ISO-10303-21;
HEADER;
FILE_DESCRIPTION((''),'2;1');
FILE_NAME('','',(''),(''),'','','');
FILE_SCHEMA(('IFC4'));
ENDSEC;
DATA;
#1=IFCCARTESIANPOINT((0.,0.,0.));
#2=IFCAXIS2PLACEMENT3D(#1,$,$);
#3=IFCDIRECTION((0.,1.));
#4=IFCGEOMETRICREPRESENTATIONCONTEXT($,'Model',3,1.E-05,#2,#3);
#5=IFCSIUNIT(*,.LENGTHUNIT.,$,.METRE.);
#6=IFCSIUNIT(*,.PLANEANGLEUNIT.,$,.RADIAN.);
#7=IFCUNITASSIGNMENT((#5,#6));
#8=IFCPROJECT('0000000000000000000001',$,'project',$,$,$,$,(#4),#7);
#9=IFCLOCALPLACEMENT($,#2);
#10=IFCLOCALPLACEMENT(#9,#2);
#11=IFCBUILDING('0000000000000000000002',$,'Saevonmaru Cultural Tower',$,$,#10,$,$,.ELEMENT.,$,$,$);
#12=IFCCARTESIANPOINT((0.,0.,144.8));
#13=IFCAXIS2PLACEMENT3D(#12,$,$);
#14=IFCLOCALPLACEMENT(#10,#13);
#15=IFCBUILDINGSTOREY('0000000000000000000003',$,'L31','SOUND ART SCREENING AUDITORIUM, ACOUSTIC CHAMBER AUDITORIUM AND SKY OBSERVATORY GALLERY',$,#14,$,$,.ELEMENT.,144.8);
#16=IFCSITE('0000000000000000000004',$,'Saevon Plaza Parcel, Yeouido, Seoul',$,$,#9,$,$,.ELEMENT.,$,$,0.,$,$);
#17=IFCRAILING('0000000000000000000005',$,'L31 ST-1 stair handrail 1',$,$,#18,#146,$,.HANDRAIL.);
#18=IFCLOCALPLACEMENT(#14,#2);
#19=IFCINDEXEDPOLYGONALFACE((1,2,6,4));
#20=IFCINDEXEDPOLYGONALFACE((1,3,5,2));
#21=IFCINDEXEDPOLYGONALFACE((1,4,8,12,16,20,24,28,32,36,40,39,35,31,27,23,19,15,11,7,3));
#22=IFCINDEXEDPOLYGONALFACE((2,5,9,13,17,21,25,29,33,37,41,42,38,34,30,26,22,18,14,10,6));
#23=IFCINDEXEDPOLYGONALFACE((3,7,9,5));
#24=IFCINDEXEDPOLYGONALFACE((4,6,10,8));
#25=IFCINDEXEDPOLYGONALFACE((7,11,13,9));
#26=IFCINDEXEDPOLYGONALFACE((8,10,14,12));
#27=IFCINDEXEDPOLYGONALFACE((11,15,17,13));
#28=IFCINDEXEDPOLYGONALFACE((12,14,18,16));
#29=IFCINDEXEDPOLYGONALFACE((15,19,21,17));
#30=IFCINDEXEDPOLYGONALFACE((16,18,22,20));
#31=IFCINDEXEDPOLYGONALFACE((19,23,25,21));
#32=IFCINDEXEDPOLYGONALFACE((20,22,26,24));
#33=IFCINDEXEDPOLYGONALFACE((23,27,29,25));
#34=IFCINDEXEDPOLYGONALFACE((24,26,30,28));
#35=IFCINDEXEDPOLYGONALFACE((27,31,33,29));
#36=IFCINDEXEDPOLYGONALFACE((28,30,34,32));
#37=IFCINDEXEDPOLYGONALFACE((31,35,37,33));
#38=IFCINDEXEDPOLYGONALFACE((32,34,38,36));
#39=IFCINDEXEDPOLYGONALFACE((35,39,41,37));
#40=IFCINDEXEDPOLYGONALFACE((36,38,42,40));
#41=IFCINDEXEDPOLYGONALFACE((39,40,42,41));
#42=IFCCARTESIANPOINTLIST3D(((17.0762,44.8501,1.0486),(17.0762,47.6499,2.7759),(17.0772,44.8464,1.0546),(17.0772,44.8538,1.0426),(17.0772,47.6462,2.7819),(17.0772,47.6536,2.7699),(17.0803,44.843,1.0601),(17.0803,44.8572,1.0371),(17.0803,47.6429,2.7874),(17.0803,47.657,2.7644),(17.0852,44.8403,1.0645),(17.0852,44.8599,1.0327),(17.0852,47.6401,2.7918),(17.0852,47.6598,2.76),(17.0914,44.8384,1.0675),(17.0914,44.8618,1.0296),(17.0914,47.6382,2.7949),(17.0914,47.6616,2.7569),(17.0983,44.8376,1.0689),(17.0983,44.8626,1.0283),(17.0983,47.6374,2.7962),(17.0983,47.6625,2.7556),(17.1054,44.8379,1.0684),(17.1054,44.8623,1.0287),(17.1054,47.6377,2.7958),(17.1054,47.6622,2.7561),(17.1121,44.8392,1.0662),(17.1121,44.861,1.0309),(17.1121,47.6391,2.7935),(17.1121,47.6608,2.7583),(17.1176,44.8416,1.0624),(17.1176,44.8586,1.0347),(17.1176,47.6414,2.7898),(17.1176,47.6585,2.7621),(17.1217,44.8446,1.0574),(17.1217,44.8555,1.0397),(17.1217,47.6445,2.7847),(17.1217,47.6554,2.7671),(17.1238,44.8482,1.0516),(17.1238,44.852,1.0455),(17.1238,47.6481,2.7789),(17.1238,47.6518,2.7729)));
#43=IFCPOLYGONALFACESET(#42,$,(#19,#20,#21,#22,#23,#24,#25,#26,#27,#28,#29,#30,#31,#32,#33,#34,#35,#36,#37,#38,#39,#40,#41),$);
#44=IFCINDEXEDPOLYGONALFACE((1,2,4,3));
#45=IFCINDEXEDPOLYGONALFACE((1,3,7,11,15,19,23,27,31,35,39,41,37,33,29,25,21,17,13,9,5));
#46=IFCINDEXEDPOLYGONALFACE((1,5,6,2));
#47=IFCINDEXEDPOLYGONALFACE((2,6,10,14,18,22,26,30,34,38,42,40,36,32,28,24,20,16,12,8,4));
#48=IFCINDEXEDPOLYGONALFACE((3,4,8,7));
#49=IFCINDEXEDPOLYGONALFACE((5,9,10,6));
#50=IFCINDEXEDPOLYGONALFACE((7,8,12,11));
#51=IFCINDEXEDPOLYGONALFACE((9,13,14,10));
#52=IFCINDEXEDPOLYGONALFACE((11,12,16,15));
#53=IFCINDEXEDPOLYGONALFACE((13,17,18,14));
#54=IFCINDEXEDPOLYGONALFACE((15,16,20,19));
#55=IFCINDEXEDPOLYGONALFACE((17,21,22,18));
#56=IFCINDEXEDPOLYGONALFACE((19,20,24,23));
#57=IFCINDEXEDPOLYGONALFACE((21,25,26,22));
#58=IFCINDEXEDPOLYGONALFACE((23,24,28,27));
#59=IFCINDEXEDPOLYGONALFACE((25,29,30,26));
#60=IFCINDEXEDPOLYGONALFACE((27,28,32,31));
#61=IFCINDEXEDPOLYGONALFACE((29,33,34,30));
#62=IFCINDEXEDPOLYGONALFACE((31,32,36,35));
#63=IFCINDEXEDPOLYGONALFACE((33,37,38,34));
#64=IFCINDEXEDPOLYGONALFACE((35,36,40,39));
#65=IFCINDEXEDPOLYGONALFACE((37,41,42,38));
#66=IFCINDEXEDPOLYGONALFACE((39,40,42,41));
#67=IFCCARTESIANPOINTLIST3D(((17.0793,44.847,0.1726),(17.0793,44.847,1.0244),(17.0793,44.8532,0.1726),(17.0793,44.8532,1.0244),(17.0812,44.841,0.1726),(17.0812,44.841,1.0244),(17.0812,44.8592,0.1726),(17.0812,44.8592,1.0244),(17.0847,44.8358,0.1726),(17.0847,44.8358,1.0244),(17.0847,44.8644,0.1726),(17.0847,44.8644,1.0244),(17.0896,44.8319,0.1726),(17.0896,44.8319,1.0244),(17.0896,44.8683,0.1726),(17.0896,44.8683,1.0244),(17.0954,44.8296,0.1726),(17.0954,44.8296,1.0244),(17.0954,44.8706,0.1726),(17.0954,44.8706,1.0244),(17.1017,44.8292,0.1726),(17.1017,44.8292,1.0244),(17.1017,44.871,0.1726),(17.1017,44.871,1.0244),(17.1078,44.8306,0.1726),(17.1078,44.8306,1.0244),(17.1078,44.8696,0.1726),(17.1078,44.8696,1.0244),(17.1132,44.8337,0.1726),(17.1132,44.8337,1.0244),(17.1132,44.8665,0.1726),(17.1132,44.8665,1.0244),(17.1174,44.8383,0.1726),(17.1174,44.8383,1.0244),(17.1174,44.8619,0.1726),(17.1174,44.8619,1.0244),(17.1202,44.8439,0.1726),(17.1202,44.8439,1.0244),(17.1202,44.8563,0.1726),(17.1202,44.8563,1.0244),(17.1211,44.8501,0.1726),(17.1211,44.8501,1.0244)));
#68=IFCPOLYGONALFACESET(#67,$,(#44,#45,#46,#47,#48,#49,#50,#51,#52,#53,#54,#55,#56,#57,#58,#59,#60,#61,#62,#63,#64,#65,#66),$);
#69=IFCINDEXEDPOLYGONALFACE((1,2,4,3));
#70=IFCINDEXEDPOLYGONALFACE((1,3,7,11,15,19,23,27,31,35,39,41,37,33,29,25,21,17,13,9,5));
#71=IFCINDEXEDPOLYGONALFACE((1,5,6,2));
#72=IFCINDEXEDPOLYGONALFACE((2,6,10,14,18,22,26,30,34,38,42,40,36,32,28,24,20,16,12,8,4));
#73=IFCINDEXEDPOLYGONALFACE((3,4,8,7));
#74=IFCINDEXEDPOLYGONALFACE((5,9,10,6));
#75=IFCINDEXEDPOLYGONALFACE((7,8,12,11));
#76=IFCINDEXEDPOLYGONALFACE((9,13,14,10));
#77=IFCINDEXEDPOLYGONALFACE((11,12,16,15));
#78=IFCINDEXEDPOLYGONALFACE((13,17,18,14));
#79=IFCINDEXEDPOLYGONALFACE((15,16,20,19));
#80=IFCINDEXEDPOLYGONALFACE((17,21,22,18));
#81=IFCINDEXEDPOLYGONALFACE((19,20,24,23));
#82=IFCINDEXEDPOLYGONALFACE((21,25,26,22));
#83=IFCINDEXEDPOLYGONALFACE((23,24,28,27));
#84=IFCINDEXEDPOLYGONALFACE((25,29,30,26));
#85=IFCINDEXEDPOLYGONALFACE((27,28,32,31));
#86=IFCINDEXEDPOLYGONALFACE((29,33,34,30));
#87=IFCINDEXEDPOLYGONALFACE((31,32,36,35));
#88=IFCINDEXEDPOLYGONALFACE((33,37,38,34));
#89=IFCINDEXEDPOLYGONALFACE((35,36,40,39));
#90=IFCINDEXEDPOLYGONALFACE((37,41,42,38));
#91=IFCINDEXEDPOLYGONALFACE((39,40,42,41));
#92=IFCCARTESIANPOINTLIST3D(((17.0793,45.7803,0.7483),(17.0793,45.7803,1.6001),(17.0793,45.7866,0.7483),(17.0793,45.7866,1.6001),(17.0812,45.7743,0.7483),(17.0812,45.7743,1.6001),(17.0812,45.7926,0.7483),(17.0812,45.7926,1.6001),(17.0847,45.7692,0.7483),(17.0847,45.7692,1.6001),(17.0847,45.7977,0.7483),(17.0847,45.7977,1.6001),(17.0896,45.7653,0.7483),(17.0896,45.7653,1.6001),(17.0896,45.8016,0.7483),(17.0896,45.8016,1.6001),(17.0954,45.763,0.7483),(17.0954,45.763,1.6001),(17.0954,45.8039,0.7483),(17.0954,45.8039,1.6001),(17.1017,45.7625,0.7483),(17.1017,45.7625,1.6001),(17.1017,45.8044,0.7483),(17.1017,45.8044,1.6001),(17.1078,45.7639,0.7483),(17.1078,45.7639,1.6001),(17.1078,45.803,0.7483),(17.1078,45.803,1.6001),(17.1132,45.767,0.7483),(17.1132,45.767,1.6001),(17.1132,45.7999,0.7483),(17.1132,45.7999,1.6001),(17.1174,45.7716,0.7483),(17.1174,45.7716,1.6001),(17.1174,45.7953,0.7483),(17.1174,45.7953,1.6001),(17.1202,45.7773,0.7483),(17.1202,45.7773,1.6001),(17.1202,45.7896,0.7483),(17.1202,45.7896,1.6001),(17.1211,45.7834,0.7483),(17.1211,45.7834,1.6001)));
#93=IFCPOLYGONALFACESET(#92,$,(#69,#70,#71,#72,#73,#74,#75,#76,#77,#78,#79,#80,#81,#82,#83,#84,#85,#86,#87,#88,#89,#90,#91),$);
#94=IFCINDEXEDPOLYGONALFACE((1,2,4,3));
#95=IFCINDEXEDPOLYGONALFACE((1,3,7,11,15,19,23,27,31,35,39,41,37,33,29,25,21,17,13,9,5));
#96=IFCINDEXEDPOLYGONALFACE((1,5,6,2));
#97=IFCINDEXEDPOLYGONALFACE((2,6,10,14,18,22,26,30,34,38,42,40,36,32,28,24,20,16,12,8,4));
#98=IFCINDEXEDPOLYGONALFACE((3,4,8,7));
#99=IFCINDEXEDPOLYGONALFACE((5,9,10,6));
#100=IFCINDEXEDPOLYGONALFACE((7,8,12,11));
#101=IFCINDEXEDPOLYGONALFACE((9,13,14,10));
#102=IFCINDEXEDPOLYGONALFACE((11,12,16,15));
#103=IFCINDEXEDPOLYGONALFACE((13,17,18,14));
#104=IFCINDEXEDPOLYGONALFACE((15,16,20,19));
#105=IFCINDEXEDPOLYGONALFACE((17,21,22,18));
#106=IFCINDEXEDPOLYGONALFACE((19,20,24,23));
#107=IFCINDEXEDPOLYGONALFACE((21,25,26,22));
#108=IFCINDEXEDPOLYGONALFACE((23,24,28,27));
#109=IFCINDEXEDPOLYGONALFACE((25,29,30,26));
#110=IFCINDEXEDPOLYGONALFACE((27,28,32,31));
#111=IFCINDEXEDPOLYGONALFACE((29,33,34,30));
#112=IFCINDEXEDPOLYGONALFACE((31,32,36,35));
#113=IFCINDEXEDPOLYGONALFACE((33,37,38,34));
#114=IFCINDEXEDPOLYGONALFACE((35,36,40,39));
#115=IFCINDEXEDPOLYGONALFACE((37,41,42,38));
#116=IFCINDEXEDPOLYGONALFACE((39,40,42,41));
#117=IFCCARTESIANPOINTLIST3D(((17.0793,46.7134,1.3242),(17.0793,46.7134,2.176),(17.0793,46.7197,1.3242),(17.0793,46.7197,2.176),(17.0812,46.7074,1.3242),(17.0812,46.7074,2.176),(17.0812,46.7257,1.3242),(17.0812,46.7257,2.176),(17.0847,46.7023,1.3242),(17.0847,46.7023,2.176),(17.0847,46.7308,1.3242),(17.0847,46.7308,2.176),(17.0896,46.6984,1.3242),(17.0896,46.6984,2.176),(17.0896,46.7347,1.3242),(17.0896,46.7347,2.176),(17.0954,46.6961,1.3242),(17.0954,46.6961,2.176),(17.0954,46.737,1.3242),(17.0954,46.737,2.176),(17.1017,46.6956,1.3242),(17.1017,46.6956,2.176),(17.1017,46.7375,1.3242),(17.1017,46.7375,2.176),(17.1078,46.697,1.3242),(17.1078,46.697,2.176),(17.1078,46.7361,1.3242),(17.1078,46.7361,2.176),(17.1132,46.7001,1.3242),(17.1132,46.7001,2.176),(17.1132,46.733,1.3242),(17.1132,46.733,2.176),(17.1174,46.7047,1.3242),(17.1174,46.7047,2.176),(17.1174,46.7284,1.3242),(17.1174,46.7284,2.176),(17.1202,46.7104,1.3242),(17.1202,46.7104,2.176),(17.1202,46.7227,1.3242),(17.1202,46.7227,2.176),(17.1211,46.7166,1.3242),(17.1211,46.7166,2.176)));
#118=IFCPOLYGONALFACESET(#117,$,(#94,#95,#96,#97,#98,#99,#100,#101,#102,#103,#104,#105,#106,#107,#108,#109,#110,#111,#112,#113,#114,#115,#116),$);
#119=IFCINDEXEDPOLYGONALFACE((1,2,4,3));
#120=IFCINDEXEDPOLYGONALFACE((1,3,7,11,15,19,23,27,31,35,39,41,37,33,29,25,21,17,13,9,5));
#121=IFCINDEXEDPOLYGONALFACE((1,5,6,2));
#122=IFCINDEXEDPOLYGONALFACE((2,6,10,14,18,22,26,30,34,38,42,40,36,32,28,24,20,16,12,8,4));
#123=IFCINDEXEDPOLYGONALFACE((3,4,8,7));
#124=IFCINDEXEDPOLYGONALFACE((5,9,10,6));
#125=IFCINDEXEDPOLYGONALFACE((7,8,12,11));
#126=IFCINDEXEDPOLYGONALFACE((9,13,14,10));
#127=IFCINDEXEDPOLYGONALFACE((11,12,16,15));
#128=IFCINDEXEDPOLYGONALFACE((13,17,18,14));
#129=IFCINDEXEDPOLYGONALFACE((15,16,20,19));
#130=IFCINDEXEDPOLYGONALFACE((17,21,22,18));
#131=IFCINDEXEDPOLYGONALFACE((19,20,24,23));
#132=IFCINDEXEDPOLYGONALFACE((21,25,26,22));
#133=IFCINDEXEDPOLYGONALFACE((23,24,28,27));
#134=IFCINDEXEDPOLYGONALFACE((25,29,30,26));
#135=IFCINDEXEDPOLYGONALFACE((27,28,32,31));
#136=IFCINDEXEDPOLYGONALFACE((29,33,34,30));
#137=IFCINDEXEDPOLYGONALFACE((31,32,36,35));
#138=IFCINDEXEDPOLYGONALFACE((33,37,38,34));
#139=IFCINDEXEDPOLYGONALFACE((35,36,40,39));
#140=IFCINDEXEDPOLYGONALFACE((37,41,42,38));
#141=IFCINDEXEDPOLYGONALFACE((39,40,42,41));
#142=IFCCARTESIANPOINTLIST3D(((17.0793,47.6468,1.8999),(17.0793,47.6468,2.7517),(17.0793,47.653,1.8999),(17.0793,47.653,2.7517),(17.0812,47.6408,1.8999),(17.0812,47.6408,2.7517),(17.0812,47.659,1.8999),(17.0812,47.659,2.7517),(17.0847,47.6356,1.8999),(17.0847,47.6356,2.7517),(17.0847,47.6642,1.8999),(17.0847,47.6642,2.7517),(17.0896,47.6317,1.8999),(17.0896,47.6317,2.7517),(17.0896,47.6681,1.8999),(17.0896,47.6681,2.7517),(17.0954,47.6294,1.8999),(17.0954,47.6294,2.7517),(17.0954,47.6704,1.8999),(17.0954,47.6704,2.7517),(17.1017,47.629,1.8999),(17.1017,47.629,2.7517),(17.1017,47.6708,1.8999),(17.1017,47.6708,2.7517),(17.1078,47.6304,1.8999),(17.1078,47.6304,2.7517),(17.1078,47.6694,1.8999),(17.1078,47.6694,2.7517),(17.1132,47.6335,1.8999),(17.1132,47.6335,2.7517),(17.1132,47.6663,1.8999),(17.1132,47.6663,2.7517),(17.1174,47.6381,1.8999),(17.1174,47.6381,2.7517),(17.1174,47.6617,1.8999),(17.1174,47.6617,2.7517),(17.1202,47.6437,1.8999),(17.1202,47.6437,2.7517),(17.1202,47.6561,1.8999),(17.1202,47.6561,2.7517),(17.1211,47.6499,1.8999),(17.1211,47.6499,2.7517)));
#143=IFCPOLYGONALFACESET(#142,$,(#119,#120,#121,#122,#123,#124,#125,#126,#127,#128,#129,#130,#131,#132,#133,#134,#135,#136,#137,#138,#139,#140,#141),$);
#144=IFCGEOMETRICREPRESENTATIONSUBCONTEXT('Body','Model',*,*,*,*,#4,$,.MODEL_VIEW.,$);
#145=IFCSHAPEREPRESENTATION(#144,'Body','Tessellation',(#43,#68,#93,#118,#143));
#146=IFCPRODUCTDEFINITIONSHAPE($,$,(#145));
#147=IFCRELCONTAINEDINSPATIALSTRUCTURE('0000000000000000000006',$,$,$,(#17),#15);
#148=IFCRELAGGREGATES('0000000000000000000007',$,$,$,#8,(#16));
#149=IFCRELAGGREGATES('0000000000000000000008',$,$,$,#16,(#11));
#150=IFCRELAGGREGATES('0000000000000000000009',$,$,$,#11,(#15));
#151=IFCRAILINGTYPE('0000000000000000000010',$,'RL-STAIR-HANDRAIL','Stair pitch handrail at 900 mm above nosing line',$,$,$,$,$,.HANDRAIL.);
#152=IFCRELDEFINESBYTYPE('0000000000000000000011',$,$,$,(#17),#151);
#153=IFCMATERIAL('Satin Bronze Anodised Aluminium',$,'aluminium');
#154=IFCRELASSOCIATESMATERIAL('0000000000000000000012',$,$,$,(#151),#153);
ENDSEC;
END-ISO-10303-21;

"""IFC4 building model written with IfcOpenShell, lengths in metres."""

from ifc_helpers import new_model, si_unit, direction, frame, origin, origin_2d, place, context, subcontext, project, spatial, circle, extrude, material, type_object, element, save


model = new_model("IFC4")

# Units and contexts
model_context = context("Model", 3, precision=1e-05, world=origin(), true_north=direction((0.0, 1.0)))
body_context = subcontext(model_context, "Body", "Model", "MODEL_VIEW")
ifc_project = project(units=[si_unit("LENGTHUNIT", "METRE"), si_unit("PLANEANGLEUNIT", "RADIAN")], contexts=[model_context])

# Site, building, storey
site_placement = place(None, origin())
site = spatial("IfcSite", under=ifc_project, at=site_placement, Name="Saevon Plaza Parcel, Yeouido, Seoul", CompositionType="ELEMENT", RefElevation=0.0)
building_placement = place(site_placement, origin())
building = spatial("IfcBuilding", under=site, at=building_placement, Name="Saevonmaru Cultural Tower", CompositionType="ELEMENT")
storey_placement = place(building_placement, frame((0.0, 0.0, 144.8)))
storey = spatial("IfcBuildingStorey", under=building, at=storey_placement, Name="L31", Description="SOUND ART SCREENING AUDITORIUM, ACOUSTIC CHAMBER AUDITORIUM AND SKY OBSERVATORY GALLERY", CompositionType="ELEMENT", Elevation=144.8)

# Shared definitions
ifc_material_1 = material(Name="Satin Bronze Anodised Aluminium", Category="aluminium")

# Railing
railing_type_1 = type_object("IfcRailingType", Name="RL-STAIR-HANDRAIL", Description="Stair pitch handrail at 900 mm above nosing line", PredefinedType="HANDRAIL", material=ifc_material_1)
railing_1_placement = place(storey_placement, frame((17.1001, 44.8501, 0.1726)))
element("IfcRailing", 1, at=railing_1_placement, inside=storey, type_object=railing_type_1, Name="L31 ST-1 stair handrail 1", PredefinedType="HANDRAIL", context=body_context, shape_type="SweptSolid", body=[
    extrude(circle(Radius=0.0239, at=origin_2d()), frame((0.0, 0.0, 0.876), z_axis=(0.0, 0.851069, 0.525054), x_axis=(-1.0, 0.0, 0.0)), (0.0, 0.0, 1.0), 3.2898),
    extrude(circle(Radius=0.021, at=origin_2d()), origin(), (0.0, 0.0, 1.0), 0.8518),
    extrude(circle(Radius=0.021, at=origin_2d()), frame((0.0, 0.9333, 0.5757)), (0.0, 0.0, 1.0), 0.8518),
    extrude(circle(Radius=0.021, at=origin_2d()), frame((0.0, 1.8665, 1.1516)), (0.0, 0.0, 1.0), 0.8518),
    extrude(circle(Radius=0.021, at=origin_2d()), frame((0.0, 2.7998, 1.7273)), (0.0, 0.0, 1.0), 0.8518),
])

save(model, "model.ifc")
